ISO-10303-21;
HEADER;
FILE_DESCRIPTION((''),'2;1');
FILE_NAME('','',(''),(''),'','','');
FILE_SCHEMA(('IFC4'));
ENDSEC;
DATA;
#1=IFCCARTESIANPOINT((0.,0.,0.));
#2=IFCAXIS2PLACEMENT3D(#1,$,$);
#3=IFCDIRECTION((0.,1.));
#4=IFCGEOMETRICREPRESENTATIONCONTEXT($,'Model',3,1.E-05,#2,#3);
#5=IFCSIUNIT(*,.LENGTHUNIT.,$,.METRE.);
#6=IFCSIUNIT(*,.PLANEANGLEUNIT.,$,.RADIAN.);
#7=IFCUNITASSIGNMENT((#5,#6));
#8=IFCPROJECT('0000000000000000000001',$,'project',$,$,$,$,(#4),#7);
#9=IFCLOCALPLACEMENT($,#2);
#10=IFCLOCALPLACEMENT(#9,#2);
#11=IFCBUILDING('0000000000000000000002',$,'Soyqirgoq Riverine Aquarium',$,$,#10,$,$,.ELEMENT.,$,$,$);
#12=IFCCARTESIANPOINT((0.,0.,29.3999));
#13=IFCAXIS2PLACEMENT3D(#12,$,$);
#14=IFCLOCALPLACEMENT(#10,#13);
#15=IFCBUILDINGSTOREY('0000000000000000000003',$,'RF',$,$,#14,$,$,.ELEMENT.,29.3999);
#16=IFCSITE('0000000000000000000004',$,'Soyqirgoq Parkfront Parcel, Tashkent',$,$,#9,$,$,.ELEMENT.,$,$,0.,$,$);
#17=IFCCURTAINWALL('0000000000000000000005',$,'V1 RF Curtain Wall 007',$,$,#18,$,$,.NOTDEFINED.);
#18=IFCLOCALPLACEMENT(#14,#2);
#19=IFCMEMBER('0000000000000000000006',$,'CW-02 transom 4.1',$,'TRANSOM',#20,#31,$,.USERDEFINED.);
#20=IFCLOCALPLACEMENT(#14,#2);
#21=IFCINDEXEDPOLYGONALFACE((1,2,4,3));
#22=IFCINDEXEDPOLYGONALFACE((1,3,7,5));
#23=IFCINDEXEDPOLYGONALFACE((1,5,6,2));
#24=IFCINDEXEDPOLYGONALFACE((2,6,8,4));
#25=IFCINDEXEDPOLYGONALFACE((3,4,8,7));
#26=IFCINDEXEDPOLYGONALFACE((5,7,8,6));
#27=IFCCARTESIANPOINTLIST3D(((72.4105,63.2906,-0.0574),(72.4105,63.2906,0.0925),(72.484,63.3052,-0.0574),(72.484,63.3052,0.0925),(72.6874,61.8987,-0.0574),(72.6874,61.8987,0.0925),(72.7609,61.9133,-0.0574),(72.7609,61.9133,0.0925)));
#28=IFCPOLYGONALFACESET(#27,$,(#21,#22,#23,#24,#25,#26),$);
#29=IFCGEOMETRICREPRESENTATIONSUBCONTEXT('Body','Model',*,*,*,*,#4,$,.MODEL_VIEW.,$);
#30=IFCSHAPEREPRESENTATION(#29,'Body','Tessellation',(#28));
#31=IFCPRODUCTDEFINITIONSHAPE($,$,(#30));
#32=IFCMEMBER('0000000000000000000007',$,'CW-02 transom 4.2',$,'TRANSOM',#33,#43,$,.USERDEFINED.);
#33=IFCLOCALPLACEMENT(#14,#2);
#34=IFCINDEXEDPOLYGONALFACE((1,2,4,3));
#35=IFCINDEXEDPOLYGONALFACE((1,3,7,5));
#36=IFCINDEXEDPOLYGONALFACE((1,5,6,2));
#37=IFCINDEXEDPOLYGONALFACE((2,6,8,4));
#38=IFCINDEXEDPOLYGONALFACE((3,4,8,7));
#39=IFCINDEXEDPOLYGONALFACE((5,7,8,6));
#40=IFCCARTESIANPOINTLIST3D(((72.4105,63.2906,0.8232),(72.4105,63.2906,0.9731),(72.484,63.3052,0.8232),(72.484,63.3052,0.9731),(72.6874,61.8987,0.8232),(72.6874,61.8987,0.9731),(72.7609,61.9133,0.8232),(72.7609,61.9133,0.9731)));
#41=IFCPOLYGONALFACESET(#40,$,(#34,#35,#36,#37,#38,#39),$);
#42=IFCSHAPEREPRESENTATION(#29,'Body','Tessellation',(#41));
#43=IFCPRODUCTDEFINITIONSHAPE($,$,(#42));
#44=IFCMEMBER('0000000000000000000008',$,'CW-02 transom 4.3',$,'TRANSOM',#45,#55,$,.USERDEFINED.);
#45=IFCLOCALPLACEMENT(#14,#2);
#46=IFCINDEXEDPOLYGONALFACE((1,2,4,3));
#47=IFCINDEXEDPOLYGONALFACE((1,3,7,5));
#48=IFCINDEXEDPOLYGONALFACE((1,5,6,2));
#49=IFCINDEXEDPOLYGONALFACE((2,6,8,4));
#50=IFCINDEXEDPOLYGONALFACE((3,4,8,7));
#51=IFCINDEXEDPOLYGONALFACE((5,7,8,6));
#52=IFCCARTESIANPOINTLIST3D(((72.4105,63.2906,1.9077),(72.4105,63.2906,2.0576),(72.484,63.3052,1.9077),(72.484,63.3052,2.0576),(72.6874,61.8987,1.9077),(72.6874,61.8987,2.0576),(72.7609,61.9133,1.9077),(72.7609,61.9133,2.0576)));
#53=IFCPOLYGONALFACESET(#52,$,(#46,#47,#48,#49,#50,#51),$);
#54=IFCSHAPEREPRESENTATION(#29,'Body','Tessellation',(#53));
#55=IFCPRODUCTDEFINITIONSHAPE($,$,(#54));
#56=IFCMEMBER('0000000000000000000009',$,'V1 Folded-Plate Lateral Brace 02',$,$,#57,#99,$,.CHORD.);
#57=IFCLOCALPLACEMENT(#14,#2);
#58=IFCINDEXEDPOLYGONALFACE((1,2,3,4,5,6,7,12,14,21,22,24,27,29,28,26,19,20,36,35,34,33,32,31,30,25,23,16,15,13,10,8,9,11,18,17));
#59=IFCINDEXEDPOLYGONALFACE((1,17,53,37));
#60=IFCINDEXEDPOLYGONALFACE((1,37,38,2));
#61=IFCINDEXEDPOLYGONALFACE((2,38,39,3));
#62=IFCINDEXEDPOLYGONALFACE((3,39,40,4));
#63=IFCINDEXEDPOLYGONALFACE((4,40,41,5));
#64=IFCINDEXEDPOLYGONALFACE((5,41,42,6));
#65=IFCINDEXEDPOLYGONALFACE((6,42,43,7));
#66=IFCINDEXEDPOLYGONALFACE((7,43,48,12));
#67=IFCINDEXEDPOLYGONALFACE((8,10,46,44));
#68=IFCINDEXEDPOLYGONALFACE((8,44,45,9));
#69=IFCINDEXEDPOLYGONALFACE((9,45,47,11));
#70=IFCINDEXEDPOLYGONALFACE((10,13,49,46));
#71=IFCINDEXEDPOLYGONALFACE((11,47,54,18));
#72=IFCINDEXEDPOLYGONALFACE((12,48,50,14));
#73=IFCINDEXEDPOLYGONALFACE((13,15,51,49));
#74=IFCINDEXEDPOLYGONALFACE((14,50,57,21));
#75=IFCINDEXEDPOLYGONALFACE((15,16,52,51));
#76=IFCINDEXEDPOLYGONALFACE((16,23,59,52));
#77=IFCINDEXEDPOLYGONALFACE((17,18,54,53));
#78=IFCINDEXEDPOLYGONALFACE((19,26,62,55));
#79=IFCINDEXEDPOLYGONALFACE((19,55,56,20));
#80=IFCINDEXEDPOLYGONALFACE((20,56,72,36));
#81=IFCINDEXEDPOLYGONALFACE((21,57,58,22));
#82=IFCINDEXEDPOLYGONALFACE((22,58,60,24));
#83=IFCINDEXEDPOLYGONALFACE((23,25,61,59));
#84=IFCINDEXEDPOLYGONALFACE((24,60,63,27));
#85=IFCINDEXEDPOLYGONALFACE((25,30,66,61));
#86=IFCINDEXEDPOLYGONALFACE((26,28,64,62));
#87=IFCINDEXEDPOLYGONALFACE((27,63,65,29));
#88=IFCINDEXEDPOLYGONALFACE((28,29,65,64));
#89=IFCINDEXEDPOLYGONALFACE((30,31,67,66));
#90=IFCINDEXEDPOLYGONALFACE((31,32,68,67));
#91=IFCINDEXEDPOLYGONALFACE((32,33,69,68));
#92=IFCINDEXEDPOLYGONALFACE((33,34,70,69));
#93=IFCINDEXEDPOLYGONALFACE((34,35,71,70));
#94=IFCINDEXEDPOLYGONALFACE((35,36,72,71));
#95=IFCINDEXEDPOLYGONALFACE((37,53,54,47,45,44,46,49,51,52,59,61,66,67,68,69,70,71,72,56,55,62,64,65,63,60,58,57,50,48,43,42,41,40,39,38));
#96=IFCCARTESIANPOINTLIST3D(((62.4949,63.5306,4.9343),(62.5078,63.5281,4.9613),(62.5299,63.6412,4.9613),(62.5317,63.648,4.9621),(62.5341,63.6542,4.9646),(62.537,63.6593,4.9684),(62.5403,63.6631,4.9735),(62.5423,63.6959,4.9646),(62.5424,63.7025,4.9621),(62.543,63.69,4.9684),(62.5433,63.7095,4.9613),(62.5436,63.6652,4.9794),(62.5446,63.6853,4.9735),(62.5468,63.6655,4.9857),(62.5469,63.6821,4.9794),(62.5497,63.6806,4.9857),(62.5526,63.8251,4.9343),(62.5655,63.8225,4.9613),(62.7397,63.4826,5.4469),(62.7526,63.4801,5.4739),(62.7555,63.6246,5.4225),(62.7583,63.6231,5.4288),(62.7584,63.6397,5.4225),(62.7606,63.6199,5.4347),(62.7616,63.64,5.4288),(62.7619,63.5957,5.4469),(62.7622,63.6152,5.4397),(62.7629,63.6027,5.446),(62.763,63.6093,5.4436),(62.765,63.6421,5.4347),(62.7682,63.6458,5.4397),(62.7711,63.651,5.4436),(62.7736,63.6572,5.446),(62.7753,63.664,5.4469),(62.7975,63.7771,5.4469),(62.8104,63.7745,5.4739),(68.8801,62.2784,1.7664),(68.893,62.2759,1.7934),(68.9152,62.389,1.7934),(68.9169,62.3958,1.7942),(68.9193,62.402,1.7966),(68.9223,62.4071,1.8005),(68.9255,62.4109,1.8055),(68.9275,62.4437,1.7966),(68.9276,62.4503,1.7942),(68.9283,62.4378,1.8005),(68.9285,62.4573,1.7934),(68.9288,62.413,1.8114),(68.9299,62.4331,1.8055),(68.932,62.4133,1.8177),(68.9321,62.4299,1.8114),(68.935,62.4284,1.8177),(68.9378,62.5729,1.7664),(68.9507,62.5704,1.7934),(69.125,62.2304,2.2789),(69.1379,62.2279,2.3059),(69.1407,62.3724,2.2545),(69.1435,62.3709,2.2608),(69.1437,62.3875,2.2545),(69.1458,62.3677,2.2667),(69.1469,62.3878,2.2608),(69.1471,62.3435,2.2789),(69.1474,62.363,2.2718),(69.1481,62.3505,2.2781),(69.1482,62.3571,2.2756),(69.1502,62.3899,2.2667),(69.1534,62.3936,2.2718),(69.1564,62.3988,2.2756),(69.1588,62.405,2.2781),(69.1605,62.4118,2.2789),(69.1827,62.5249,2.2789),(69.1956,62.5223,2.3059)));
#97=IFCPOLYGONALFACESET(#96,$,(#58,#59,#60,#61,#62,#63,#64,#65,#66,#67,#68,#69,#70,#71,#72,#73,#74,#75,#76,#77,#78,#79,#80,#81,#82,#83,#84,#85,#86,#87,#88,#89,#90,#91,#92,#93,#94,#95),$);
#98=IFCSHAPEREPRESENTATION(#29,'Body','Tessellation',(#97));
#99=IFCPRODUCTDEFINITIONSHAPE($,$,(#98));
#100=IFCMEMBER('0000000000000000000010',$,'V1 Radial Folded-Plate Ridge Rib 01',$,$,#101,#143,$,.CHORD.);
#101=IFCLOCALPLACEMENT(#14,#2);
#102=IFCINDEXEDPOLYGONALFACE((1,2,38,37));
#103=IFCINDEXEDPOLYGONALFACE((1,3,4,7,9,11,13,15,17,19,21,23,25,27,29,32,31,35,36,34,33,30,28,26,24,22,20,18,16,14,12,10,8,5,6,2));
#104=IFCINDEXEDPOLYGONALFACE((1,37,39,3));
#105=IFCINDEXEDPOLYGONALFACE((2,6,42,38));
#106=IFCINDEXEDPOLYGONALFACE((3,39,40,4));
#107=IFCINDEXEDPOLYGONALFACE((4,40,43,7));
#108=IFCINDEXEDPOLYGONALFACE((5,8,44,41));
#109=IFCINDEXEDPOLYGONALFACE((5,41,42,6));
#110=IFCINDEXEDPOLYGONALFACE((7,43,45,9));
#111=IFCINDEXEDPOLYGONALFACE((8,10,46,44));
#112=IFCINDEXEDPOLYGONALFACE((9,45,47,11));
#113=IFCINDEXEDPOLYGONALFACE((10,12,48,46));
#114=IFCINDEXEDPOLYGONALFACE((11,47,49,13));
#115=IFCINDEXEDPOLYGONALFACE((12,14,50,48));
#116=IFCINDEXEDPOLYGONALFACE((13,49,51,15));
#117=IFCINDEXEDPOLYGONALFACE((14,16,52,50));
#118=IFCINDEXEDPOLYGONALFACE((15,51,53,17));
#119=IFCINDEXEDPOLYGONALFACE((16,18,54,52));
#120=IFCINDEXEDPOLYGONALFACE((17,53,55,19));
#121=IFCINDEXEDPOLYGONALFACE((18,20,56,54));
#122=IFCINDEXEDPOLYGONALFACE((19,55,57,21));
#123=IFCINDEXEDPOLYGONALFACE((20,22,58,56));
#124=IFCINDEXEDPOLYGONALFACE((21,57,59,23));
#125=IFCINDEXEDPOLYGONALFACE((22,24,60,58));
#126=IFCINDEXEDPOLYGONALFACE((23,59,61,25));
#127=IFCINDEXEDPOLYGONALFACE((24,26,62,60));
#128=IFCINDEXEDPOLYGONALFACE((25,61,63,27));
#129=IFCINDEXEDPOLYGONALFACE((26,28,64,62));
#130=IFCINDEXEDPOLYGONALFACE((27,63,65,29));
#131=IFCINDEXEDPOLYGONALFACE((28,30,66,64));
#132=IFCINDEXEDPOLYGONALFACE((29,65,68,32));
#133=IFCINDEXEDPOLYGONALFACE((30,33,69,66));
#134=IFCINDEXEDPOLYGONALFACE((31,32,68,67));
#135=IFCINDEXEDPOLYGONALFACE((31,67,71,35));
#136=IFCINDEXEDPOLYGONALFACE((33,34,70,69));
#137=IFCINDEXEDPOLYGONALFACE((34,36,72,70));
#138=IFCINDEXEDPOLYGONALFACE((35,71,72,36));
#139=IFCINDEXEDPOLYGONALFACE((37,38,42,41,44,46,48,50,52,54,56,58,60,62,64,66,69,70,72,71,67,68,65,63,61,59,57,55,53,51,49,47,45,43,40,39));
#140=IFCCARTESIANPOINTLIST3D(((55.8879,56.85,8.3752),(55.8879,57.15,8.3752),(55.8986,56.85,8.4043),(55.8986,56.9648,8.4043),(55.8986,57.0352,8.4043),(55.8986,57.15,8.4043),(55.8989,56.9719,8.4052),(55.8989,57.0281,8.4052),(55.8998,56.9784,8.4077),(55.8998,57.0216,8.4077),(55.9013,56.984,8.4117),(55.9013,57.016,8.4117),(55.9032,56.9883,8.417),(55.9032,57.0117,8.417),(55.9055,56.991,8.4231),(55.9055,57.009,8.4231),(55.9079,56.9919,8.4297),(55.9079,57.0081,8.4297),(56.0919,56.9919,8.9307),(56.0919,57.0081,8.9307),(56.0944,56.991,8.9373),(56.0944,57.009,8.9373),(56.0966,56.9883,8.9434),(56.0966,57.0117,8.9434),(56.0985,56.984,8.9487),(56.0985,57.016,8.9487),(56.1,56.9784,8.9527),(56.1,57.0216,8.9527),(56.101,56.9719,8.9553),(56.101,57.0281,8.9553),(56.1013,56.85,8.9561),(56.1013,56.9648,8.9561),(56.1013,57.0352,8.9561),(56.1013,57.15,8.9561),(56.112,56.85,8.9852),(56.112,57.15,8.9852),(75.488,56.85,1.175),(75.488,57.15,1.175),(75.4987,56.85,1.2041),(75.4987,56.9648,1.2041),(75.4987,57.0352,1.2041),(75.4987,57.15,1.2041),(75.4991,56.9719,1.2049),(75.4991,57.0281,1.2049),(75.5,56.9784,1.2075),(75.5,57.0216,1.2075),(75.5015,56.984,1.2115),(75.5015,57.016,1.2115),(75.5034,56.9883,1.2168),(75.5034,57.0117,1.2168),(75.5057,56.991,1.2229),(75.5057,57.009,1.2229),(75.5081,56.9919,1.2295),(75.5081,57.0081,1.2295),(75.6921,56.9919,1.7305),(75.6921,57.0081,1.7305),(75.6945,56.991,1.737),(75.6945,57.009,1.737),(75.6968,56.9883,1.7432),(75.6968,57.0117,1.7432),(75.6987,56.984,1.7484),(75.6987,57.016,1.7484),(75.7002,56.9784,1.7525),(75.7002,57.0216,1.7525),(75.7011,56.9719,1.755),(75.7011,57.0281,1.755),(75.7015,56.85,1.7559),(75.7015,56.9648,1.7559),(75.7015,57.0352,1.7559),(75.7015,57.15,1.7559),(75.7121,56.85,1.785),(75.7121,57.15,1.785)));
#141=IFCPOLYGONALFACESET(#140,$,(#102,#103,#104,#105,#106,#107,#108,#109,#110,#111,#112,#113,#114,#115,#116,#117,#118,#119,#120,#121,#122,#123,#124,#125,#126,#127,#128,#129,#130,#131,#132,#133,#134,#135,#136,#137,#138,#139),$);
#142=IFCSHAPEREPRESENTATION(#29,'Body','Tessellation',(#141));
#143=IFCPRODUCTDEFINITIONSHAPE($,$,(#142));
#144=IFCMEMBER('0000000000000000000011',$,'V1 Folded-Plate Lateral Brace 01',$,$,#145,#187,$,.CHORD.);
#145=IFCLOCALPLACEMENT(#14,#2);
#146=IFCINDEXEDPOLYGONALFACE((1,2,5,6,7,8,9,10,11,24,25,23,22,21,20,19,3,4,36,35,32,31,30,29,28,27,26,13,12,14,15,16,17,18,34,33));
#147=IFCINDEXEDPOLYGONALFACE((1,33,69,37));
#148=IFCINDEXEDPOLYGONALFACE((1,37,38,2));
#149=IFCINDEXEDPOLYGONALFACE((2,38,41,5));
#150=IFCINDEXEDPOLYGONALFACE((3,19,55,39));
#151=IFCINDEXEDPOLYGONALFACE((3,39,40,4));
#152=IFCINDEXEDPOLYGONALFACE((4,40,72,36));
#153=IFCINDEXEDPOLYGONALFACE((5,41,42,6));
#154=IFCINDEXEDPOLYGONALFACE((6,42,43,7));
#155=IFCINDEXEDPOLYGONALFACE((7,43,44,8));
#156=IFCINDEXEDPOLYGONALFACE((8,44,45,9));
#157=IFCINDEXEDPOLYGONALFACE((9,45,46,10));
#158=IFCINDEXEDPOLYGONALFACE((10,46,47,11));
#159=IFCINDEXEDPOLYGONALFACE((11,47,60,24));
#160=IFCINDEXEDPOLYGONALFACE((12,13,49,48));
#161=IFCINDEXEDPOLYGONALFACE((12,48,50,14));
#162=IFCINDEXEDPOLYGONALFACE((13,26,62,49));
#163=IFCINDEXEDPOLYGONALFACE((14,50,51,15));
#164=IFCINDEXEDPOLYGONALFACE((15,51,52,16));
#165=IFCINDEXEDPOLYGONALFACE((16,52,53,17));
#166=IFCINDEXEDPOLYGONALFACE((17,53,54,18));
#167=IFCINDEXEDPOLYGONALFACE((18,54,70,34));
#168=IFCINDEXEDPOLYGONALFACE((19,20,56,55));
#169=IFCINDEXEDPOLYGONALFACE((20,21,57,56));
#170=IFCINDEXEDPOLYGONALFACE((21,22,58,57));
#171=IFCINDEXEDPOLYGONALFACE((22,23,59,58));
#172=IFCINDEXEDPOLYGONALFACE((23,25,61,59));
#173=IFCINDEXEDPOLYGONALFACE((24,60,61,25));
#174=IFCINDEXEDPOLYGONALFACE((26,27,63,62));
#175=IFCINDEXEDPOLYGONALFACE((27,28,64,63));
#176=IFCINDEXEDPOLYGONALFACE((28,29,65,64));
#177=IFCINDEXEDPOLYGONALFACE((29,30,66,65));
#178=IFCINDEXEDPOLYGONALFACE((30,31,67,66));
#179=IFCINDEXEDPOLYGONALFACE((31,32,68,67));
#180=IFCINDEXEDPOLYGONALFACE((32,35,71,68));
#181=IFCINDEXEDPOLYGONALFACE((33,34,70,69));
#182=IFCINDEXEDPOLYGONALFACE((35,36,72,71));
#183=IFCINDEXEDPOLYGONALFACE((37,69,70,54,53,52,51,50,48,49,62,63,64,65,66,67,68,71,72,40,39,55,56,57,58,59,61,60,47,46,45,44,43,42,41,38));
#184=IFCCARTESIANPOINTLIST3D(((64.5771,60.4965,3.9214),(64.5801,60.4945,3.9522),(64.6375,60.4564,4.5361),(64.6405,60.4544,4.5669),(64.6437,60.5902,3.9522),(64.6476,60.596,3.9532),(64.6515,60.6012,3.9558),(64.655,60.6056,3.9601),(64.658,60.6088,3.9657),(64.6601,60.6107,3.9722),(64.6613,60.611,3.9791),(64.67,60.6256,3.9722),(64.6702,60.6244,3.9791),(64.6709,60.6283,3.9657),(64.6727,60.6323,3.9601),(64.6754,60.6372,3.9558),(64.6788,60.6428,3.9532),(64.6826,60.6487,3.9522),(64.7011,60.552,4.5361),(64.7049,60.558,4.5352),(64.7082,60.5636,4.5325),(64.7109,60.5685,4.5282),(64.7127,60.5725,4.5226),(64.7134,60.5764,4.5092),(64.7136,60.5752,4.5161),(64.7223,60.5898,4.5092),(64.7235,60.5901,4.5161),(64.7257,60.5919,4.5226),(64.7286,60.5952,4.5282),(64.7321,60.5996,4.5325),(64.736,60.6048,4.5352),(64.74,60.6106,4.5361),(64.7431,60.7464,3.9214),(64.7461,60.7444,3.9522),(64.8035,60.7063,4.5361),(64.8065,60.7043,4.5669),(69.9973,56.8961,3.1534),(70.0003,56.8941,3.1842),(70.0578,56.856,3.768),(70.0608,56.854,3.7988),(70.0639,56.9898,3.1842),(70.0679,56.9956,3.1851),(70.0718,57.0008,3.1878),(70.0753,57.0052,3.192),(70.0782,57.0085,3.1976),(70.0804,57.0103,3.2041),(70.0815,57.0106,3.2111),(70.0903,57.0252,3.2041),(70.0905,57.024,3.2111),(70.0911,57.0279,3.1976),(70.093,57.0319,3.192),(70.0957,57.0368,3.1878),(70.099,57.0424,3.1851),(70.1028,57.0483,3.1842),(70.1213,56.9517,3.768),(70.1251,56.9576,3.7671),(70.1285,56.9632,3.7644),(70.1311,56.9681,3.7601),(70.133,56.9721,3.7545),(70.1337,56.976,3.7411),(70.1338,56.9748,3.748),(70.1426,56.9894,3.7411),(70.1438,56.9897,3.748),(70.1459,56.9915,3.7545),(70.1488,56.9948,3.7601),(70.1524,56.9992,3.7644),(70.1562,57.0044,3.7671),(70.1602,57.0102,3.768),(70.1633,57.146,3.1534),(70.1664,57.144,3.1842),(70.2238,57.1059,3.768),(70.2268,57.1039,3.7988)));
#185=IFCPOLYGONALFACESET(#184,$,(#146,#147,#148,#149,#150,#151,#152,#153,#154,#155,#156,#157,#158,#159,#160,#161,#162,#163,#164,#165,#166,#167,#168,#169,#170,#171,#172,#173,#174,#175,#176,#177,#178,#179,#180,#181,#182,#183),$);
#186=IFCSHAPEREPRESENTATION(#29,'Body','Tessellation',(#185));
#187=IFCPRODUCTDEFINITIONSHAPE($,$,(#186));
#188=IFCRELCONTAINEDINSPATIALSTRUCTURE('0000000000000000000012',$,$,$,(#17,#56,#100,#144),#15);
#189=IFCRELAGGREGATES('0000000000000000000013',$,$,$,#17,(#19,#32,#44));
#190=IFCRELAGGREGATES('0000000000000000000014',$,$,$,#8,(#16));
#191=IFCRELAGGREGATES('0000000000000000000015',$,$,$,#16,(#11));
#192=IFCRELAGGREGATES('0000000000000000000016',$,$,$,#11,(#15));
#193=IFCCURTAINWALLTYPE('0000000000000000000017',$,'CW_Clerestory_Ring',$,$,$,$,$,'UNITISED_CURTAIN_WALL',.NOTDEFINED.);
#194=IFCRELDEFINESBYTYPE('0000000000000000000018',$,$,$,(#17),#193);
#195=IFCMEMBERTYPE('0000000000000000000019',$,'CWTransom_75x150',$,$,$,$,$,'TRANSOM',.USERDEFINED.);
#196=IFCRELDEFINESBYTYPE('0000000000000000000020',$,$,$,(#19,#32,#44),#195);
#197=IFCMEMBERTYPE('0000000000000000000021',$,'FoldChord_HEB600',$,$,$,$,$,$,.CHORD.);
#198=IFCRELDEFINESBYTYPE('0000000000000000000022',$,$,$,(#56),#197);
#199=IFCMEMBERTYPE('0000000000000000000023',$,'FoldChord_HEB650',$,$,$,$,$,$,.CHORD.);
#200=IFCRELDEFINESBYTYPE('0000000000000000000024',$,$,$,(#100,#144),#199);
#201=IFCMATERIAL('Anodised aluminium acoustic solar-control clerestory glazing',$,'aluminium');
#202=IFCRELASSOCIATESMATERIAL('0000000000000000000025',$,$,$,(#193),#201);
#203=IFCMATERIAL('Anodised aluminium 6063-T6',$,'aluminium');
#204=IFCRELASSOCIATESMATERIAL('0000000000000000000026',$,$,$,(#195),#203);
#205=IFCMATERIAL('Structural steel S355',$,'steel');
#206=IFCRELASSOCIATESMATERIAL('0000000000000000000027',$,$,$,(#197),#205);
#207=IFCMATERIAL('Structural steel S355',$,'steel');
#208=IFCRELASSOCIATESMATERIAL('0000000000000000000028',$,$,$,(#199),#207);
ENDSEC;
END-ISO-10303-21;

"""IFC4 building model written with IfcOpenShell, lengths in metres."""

from ifc_helpers import new_model, si_unit, direction, frame, origin, origin_2d, place, context, subcontext, project, spatial, rectangle, i_section, extrude, material, material_profile, profile_set, type_object, element, aggregate, save


model = new_model("IFC4")

# Units and contexts
model_context = context("Model", 3, precision=1e-05, world=origin(), true_north=direction((0.0, 1.0)))
body_context = subcontext(model_context, "Body", "Model", "MODEL_VIEW")
ifc_project = project(units=[si_unit("LENGTHUNIT", "METRE"), si_unit("PLANEANGLEUNIT", "RADIAN")], contexts=[model_context])

# Site, building, storey
site_placement = place(None, origin())
site = spatial("IfcSite", under=ifc_project, at=site_placement, Name="Soyqirgoq Parkfront Parcel, Tashkent", CompositionType="ELEMENT", RefElevation=0.0)
building_placement = place(site_placement, origin())
building = spatial("IfcBuilding", under=site, at=building_placement, Name="Soyqirgoq Riverine Aquarium", CompositionType="ELEMENT")
storey_placement = place(building_placement, frame((0.0, 0.0, 29.3999)))
storey = spatial("IfcBuildingStorey", under=building, at=storey_placement, Name="RF", CompositionType="ELEMENT", Elevation=29.3999)

# Curtain wall, members
ifc_material_1 = material(Name="Anodised aluminium acoustic solar-control clerestory glazing", Category="aluminium")
curtain_wall_type = type_object("IfcCurtainWallType", Name="CW_Clerestory_Ring", ElementType="UNITISED_CURTAIN_WALL", PredefinedType="NOTDEFINED", material=ifc_material_1)
curtain_wall_placement = place(storey_placement, origin())
curtain_wall = element("IfcCurtainWall", 1, at=curtain_wall_placement, inside=storey, type_object=curtain_wall_type, Name="V1 RF Curtain Wall 007", PredefinedType="NOTDEFINED")
ifc_material_2 = material(Name="Anodised aluminium 6063-T6", Category="aluminium")
ifc_material_profile_1 = material_profile(ifc_material_2, rectangle(XDim=0.075, YDim=0.1499, at=origin_2d()), Name="ALU-T 75x150")
ifc_profile_set_1 = profile_set([ifc_material_profile_1], Name="Anodised aluminium 6063-T6")
member_type_1 = type_object("IfcMemberType", Name="CWTransom_75x150", ElementType="TRANSOM", PredefinedType="USERDEFINED", material=ifc_profile_set_1)
member_1_placement = place(storey_placement, frame((72.7241, 61.906, 0.0176), z_axis=(-0.19509, 0.980785, 0.0), x_axis=(-0.980785, -0.19509, 0.0)))
member_1 = element("IfcMember", 2, at=member_1_placement, type_object=member_type_1, Name="CW-02 transom 4.1", ObjectType="TRANSOM", PredefinedType="USERDEFINED", context=body_context, shape_type="SweptSolid", body=[
    extrude(rectangle(XDim=0.075, YDim=0.1499, at=origin_2d()), origin(), (0.0, 0.0, 1.0), 1.4192),
])
member_2_placement = place(storey_placement, frame((72.7241, 61.906, 0.8982), z_axis=(-0.19509, 0.980785, 0.0), x_axis=(-0.980785, -0.19509, 0.0)))
member_2 = element("IfcMember", 3, at=member_2_placement, type_object=member_type_1, Name="CW-02 transom 4.2", ObjectType="TRANSOM", PredefinedType="USERDEFINED", context=body_context, shape_type="SweptSolid", body=[
    extrude(rectangle(XDim=0.075, YDim=0.1499, at=origin_2d()), origin(), (0.0, 0.0, 1.0), 1.4192),
])
member_3_placement = place(storey_placement, frame((72.7241, 61.906, 1.9827), z_axis=(-0.19509, 0.980785, 0.0), x_axis=(-0.980785, -0.19509, 0.0)))
member_3 = element("IfcMember", 4, at=member_3_placement, type_object=member_type_1, Name="CW-02 transom 4.3", ObjectType="TRANSOM", PredefinedType="USERDEFINED", context=body_context, shape_type="SweptSolid", body=[
    extrude(rectangle(XDim=0.075, YDim=0.1499, at=origin_2d()), origin(), (0.0, 0.0, 1.0), 1.4192),
])

# Members
ifc_material_3 = material(Name="Structural steel S355", Category="steel")
ifc_material_profile_2 = material_profile(ifc_material_3, i_section(OverallWidth=0.3, OverallDepth=0.6001, WebThickness=0.0154, FlangeThickness=0.03, FilletRadius=0.0271, at=origin_2d()), Name="HEB 600")
ifc_profile_set_2 = profile_set([ifc_material_profile_2], Name="Structural steel S355")
member_type_2 = type_object("IfcMemberType", Name="FoldChord_HEB600", PredefinedType="CHORD", material=ifc_profile_set_2)
member_4_placement = place(storey_placement, frame((69.0378, 62.4004, 2.0361), z_axis=(-0.882296, 0.173025, 0.437741), x_axis=(-0.192442, -0.981308, 0.0)))
element("IfcMember", 5, at=member_4_placement, inside=storey, type_object=member_type_2, Name="V1 Folded-Plate Lateral Brace 02", PredefinedType="CHORD", context=body_context, shape_type="SweptSolid", body=[
    extrude(i_section(OverallWidth=0.3, OverallDepth=0.6001, WebThickness=0.0154, FlangeThickness=0.03, FilletRadius=0.0271, at=origin_2d()), origin(), (0.0, 0.0, 1.0), 7.2371),
])
ifc_material_4 = material(Name="Structural steel S355", Category="steel")
ifc_material_profile_3 = material_profile(ifc_material_4, i_section(OverallWidth=0.3, OverallDepth=0.6499, WebThickness=0.0161, FlangeThickness=0.031, FilletRadius=0.0271, at=origin_2d()), Name="HEB 650")
ifc_profile_set_3 = profile_set([ifc_material_profile_3], Name="Structural steel S355")
member_type_3 = type_object("IfcMemberType", Name="FoldChord_HEB650", PredefinedType="CHORD", material=ifc_profile_set_3)
member_5_placement = place(storey_placement, frame((75.6001, 57.0, 1.48), z_axis=(-0.938667, 0.0, 0.344824), x_axis=(0.0, -1.0, 0.0)))
element("IfcMember", 6, at=member_5_placement, inside=storey, type_object=member_type_3, Name="V1 Radial Folded-Plate Ridge Rib 01", PredefinedType="CHORD", context=body_context, shape_type="SweptSolid", body=[
    extrude(i_section(OverallWidth=0.3, OverallDepth=0.6499, WebThickness=0.0161, FlangeThickness=0.031, FilletRadius=0.0271, at=origin_2d()), origin(), (0.0, 0.0, 1.0), 20.8809),
])
member_6_placement = place(storey_placement, frame((70.1121, 57.0, 3.4761), z_axis=(-0.827236, 0.549491, 0.117224), x_axis=(-0.553305, -0.832978, 0.0)))
element("IfcMember", 7, at=member_6_placement, inside=storey, type_object=member_type_3, Name="V1 Folded-Plate Lateral Brace 01", PredefinedType="CHORD", context=body_context, shape_type="SweptSolid", body=[
    extrude(i_section(OverallWidth=0.3, OverallDepth=0.6499, WebThickness=0.0161, FlangeThickness=0.031, FilletRadius=0.0271, at=origin_2d()), origin(), (0.0, 0.0, 1.0), 6.5522),
])

aggregate(curtain_wall, [member_1, member_2, member_3])

save(model, "model.ifc")
